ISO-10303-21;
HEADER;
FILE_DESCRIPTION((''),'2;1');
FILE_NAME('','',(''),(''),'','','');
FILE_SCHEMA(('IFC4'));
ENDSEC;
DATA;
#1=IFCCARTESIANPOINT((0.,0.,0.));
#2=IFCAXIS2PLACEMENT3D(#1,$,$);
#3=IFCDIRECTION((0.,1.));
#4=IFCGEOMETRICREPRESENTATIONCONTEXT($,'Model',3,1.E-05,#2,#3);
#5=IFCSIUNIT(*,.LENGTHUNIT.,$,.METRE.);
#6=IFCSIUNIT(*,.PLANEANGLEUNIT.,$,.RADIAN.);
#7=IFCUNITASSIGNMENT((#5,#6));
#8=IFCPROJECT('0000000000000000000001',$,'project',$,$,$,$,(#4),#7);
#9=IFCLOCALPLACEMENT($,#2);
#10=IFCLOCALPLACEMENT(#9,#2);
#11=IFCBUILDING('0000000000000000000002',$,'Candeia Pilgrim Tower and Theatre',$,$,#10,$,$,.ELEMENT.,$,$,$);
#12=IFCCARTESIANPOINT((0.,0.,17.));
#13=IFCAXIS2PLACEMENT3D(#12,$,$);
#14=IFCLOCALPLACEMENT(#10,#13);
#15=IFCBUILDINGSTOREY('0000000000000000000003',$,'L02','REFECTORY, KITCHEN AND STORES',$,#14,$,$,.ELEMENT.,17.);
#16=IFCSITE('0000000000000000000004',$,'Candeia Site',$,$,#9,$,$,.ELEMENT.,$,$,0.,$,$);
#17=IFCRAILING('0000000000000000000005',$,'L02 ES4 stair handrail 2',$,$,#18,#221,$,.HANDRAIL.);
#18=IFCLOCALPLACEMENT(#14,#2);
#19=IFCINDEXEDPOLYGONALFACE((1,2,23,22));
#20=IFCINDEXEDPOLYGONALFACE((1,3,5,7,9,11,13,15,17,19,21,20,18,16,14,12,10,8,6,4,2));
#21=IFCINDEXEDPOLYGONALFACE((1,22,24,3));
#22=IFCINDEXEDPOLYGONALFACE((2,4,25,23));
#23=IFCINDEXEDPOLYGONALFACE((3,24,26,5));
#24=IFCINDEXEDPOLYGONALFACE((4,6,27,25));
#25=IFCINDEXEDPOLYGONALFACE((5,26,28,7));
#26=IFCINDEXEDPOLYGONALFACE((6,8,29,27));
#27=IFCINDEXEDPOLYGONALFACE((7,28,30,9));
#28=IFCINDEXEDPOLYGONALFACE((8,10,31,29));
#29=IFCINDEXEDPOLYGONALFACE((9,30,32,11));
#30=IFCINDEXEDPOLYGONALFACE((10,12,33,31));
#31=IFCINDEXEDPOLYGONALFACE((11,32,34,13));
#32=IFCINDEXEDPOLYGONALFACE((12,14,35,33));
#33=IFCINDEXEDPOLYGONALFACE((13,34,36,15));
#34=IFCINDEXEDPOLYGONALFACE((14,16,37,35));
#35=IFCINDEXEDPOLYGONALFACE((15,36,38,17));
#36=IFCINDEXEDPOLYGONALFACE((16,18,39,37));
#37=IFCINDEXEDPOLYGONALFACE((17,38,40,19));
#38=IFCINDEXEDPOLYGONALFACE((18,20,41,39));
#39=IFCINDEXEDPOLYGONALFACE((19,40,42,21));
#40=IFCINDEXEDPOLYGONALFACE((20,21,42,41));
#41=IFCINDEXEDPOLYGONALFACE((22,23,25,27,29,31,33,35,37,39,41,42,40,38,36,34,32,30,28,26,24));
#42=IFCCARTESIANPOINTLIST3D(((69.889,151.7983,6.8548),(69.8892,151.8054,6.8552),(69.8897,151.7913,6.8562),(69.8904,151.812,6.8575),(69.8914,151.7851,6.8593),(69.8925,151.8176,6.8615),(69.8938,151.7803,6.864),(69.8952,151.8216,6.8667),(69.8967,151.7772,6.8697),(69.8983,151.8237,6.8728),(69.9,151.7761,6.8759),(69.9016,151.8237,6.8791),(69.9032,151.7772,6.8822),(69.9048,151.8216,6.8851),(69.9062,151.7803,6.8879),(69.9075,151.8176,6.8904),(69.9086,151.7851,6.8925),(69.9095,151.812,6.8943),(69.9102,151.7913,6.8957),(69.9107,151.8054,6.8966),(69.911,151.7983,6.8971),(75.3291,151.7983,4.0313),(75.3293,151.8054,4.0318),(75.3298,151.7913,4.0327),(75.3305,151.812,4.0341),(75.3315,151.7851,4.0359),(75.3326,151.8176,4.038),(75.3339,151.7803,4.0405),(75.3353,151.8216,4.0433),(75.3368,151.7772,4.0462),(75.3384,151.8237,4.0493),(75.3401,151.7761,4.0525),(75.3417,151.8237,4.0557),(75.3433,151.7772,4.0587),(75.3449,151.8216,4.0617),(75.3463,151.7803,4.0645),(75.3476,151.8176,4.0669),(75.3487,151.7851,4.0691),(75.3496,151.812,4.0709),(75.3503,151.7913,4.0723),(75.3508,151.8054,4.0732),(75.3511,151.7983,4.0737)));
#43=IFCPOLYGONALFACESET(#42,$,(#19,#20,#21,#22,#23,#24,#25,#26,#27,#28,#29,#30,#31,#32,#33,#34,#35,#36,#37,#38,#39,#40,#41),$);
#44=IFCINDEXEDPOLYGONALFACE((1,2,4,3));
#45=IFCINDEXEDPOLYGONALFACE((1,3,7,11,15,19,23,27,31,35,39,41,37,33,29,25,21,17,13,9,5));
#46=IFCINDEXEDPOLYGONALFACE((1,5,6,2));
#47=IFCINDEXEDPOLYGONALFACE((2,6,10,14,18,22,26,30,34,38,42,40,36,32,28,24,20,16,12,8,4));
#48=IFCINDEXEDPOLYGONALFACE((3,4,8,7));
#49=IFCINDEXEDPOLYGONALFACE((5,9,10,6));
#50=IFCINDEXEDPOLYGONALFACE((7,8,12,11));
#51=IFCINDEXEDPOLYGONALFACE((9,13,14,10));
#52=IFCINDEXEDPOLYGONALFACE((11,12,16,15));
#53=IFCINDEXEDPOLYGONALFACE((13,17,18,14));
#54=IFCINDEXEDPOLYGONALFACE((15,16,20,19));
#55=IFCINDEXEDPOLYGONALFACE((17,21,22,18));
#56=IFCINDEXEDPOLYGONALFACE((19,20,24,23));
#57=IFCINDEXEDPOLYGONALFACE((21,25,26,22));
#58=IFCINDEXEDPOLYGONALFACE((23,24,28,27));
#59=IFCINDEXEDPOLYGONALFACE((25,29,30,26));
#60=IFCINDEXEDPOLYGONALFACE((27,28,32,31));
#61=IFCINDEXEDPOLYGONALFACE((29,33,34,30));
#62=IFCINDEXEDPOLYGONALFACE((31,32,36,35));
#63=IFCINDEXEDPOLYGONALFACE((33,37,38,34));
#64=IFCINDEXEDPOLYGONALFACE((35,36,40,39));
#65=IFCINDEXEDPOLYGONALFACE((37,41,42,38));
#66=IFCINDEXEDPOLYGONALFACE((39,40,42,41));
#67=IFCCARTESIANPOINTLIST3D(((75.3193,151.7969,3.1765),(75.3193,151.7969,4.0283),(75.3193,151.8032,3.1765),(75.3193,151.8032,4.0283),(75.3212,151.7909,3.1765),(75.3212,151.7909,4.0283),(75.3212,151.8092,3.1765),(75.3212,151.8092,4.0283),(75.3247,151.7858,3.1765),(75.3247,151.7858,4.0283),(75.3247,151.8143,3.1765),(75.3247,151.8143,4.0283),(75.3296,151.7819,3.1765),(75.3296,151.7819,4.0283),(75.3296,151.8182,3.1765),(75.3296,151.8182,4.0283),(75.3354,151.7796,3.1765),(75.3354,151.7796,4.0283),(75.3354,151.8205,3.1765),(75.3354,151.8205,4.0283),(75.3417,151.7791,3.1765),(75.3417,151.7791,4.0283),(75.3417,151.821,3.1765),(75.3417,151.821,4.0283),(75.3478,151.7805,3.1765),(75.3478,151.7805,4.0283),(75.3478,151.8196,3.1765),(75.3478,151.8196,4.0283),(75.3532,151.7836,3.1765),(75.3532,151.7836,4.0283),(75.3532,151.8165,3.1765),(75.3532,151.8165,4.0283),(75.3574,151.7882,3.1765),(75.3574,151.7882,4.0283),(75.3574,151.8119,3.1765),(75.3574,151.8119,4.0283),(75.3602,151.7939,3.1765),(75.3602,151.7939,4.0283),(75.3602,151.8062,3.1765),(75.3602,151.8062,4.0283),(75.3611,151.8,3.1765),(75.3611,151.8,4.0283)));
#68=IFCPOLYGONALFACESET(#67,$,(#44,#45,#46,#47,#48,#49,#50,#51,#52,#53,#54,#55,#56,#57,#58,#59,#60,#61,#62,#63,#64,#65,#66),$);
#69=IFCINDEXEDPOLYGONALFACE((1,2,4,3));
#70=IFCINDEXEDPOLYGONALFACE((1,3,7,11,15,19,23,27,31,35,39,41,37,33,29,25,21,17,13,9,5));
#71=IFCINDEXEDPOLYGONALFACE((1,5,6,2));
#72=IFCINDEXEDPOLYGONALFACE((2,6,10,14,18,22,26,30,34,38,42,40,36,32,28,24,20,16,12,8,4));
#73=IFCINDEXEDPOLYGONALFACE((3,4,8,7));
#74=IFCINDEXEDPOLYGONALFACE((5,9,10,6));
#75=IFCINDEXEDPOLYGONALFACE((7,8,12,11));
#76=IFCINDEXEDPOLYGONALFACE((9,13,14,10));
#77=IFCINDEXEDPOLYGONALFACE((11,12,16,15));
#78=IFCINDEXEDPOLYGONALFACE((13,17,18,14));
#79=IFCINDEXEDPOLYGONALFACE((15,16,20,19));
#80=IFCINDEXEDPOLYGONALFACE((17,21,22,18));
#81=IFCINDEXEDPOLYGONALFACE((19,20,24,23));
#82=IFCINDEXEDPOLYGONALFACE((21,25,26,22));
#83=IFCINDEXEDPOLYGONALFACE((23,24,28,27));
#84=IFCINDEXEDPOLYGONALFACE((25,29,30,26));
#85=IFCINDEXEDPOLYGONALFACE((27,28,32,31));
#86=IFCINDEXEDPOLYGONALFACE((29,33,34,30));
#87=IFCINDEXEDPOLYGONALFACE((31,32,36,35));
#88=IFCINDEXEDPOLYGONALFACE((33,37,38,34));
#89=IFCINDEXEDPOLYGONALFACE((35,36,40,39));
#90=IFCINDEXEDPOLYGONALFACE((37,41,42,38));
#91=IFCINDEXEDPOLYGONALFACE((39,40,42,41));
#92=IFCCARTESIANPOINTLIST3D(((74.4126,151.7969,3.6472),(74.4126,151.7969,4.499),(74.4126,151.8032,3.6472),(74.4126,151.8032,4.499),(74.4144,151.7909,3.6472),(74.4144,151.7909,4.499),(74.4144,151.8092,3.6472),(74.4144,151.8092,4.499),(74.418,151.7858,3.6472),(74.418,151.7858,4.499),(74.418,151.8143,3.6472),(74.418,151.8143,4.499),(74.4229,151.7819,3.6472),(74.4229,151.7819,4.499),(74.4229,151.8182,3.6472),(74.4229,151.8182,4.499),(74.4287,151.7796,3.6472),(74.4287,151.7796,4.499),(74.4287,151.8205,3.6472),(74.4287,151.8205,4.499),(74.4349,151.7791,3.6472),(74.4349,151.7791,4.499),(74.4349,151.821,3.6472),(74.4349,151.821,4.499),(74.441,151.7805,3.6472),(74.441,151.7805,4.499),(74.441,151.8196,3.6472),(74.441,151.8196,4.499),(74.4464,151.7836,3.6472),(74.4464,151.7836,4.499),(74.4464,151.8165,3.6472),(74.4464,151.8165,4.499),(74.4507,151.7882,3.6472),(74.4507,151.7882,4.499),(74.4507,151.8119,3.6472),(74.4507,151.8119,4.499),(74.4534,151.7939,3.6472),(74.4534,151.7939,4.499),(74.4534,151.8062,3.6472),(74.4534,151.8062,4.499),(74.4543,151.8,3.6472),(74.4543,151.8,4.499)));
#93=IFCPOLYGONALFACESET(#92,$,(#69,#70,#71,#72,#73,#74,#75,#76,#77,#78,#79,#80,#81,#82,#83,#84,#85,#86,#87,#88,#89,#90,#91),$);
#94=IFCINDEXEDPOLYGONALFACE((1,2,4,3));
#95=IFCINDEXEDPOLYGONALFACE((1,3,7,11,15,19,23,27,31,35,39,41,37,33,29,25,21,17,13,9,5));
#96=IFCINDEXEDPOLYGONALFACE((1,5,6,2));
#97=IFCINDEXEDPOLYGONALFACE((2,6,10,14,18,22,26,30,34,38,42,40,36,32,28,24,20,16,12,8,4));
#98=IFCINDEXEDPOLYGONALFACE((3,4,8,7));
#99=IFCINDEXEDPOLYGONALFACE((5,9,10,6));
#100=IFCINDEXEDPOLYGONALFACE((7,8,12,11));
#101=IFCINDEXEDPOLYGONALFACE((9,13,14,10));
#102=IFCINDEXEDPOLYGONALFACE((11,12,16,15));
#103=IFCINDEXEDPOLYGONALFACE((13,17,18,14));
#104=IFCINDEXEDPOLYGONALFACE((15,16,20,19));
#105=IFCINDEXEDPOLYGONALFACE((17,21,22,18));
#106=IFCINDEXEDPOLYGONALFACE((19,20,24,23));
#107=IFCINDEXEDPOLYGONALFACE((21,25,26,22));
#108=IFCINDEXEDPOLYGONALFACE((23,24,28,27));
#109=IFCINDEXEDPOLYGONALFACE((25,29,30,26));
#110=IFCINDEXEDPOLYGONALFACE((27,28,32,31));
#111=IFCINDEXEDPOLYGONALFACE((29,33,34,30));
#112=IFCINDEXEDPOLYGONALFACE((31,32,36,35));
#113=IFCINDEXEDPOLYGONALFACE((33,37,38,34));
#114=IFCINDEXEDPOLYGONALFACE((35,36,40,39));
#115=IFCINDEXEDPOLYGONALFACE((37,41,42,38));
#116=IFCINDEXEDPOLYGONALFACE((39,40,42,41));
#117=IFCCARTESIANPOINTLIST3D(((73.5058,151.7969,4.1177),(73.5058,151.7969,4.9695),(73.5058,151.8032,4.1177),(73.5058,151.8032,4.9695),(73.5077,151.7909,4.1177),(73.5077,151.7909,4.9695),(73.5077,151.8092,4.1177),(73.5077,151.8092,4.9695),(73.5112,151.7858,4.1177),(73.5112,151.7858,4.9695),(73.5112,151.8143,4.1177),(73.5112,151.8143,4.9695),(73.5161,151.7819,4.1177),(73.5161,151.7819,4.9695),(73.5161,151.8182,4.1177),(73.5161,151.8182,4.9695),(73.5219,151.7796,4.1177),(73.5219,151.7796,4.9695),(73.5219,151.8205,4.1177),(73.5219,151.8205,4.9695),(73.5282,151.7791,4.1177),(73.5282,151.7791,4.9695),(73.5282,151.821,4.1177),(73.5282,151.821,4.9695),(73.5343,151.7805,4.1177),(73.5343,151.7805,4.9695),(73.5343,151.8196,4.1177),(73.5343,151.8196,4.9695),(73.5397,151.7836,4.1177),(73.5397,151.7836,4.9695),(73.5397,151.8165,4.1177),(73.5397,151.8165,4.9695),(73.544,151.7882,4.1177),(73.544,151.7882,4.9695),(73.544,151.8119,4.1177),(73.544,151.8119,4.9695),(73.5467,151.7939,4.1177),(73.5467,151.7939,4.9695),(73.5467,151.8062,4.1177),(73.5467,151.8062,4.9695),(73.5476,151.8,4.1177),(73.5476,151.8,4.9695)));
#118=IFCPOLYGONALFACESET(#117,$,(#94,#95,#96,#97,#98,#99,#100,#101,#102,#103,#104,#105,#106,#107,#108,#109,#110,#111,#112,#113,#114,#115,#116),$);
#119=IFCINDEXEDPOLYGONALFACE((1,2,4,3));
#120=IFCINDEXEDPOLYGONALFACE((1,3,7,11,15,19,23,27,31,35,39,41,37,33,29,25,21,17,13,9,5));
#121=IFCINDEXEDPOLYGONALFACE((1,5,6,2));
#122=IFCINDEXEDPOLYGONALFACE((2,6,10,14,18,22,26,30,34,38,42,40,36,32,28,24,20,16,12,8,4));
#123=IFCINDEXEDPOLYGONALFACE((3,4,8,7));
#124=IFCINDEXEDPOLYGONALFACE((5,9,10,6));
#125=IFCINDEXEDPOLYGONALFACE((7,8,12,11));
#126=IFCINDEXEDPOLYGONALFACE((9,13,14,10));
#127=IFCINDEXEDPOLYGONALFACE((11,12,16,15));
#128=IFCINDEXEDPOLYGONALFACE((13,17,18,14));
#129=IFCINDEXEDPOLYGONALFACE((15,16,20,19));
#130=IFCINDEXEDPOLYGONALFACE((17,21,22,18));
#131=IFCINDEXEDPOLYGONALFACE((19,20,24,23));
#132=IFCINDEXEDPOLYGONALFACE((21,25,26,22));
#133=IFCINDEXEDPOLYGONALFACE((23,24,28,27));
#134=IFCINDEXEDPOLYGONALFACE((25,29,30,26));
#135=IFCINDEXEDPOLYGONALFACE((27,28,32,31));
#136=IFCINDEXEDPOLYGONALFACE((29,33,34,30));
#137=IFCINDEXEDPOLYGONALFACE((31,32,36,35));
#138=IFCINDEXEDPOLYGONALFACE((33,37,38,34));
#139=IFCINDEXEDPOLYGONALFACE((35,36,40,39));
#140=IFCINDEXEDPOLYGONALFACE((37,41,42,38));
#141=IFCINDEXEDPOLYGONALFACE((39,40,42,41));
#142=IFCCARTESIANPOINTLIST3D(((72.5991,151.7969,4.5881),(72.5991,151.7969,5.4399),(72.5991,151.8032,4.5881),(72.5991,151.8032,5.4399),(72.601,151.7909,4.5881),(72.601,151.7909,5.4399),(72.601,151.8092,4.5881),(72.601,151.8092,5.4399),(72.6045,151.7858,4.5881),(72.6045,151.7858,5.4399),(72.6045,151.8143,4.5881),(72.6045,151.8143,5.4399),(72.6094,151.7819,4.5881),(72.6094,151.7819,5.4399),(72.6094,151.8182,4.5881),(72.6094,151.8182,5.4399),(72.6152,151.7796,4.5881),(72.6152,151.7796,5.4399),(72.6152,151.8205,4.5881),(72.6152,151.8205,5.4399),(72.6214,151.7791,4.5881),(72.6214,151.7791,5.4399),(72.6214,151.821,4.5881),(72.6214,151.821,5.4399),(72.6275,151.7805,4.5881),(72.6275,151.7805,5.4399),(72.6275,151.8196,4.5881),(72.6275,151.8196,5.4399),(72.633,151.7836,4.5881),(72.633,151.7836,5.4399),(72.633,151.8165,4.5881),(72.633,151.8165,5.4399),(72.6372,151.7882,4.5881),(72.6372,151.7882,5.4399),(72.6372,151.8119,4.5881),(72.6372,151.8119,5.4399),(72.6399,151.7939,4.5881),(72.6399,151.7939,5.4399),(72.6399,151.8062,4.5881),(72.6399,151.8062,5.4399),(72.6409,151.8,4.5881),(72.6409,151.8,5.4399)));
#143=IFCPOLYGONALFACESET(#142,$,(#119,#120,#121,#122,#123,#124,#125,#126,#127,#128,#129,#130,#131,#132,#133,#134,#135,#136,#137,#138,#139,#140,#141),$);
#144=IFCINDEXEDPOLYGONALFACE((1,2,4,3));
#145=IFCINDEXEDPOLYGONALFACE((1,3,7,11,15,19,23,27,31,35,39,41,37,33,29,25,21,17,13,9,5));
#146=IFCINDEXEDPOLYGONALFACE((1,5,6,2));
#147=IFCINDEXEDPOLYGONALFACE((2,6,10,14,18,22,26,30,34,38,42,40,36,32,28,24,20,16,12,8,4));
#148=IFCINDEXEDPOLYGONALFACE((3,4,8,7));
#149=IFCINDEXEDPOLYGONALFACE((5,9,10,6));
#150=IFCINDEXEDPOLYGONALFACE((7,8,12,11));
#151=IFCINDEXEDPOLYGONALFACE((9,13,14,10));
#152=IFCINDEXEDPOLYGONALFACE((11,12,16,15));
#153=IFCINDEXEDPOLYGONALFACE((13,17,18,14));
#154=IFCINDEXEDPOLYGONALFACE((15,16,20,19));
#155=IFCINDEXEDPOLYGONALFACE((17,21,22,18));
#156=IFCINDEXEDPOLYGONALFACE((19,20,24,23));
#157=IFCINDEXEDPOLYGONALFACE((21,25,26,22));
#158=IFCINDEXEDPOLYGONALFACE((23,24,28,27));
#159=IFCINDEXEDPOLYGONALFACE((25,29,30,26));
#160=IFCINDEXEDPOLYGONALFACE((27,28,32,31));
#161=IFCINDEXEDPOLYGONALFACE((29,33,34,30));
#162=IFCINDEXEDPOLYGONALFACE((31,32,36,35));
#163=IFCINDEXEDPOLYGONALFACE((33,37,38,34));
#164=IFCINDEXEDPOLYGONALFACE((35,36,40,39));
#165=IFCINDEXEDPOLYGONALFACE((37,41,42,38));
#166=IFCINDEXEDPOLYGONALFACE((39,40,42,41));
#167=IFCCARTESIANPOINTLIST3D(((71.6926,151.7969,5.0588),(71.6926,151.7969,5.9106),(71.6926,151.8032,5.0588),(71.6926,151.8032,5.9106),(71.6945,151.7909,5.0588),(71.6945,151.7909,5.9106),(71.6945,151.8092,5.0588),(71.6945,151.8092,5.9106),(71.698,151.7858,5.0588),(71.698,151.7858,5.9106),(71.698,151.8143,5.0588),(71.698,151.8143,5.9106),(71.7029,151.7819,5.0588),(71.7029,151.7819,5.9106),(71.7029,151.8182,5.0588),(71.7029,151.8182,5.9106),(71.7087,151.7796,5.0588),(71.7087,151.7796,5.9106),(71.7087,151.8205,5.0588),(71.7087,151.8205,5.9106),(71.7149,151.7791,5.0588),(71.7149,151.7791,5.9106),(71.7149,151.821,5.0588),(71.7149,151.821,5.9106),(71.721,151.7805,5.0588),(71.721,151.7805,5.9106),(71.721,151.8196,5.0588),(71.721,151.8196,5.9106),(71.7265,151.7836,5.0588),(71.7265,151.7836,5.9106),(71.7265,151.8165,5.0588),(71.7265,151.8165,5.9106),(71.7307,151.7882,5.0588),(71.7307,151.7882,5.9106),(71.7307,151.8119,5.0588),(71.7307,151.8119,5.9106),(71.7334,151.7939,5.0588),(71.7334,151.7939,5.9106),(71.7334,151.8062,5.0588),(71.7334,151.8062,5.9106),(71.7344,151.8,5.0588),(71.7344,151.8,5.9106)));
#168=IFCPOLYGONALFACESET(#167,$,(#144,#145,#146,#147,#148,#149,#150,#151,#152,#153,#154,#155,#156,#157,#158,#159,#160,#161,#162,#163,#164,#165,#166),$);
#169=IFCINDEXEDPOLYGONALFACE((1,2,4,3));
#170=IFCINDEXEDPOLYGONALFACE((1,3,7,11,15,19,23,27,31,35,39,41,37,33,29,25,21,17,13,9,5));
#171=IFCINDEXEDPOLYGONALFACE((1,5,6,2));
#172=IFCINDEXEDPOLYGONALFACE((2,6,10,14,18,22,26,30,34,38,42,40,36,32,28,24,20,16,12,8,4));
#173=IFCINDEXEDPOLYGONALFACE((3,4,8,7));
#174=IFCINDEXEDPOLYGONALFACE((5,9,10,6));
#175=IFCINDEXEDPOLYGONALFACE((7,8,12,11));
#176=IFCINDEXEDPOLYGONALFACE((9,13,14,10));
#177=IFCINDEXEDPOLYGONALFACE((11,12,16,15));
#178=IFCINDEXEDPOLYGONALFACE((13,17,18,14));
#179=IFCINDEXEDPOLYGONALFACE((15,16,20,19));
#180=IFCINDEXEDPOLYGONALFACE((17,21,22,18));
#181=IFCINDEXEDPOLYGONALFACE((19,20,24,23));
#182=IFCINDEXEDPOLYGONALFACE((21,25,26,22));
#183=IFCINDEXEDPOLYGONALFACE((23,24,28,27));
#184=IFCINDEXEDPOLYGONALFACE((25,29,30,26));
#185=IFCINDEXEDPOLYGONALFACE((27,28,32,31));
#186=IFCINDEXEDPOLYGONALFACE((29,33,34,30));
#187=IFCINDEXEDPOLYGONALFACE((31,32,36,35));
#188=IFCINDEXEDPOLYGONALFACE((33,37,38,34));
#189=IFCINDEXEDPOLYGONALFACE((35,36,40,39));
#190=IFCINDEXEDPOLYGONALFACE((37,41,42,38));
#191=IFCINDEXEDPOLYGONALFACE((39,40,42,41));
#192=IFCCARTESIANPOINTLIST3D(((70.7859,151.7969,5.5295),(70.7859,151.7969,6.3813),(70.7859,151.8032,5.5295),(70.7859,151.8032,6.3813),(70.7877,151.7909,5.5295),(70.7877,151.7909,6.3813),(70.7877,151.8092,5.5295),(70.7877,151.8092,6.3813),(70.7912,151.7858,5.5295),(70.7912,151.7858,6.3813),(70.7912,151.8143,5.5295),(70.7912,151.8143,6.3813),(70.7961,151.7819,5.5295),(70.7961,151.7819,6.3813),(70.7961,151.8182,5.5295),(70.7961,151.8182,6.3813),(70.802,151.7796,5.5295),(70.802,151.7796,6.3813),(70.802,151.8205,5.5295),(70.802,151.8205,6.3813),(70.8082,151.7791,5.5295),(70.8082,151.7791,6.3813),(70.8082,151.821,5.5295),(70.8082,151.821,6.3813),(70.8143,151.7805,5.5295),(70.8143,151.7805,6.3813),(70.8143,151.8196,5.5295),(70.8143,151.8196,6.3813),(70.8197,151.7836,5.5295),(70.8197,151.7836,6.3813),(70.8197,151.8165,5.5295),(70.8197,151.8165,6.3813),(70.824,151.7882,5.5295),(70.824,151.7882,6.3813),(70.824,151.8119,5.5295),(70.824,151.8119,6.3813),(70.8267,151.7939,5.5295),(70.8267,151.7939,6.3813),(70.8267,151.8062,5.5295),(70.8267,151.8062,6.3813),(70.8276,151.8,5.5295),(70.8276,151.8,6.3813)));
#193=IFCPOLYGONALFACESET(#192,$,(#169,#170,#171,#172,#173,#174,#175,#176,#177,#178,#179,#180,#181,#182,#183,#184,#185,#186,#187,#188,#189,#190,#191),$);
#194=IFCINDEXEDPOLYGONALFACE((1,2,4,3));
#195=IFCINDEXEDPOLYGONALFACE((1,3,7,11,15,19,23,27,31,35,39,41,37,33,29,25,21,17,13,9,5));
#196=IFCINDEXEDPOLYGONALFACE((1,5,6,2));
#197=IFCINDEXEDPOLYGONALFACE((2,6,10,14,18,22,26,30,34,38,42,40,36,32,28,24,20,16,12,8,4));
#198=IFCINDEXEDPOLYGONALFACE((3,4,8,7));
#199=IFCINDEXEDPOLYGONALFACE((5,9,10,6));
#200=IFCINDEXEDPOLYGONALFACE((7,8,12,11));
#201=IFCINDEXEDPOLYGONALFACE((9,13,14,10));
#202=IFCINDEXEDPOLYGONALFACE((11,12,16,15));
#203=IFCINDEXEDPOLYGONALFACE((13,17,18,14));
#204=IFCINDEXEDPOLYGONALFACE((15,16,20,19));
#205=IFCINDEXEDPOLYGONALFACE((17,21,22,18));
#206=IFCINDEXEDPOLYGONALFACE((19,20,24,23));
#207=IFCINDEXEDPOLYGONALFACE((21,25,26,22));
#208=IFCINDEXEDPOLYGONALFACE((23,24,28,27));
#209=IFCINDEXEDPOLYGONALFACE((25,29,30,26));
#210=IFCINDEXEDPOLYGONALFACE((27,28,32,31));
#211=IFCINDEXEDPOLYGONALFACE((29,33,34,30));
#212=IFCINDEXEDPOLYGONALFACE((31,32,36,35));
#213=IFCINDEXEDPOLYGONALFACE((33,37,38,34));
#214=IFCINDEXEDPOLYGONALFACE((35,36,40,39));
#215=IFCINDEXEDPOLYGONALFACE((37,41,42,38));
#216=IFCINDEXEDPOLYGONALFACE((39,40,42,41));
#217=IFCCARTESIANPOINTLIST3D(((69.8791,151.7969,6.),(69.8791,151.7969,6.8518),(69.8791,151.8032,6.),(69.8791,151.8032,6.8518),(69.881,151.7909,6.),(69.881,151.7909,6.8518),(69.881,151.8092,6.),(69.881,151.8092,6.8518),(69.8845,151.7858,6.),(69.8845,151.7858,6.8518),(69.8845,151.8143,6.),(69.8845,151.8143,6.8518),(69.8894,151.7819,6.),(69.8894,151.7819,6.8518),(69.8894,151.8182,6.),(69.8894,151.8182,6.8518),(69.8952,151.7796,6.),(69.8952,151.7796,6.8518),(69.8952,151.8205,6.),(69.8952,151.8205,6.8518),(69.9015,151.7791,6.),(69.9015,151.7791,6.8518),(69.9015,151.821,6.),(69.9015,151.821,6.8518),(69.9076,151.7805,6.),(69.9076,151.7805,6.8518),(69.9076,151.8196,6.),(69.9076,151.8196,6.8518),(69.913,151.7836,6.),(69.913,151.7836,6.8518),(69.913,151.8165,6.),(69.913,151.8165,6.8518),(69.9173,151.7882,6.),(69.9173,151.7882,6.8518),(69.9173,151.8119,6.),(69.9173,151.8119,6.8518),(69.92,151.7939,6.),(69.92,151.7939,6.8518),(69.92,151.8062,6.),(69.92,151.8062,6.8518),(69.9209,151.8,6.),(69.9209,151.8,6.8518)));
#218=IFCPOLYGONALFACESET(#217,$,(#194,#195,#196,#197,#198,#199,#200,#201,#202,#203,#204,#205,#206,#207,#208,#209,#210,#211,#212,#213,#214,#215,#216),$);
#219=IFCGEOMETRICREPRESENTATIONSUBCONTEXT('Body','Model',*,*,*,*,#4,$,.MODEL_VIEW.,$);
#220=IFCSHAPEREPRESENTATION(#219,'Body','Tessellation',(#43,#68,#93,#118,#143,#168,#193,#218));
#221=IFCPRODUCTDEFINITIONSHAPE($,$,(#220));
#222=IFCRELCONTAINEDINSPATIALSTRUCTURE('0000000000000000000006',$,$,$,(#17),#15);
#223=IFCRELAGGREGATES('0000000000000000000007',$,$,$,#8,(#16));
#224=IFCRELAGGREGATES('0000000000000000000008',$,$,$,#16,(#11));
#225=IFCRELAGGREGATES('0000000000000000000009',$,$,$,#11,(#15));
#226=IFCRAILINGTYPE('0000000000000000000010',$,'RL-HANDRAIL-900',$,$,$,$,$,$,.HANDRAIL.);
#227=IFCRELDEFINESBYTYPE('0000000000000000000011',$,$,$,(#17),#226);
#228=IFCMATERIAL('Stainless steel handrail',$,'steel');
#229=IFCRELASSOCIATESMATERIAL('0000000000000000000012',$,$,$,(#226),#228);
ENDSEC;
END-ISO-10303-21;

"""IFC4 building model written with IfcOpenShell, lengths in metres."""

from ifc_helpers import new_model, si_unit, direction, frame, origin, origin_2d, place, context, subcontext, project, spatial, circle, extrude, material, type_object, element, save


model = new_model("IFC4")

# Units and contexts
model_context = context("Model", 3, precision=1e-05, world=origin(), true_north=direction((0.0, 1.0)))
body_context = subcontext(model_context, "Body", "Model", "MODEL_VIEW")
ifc_project = project(units=[si_unit("LENGTHUNIT", "METRE"), si_unit("PLANEANGLEUNIT", "RADIAN")], contexts=[model_context])

# Site, building, storey
site_placement = place(None, origin())
site = spatial("IfcSite", under=ifc_project, at=site_placement, Name="Candeia Site", CompositionType="ELEMENT", RefElevation=0.0)
building_placement = place(site_placement, origin())
building = spatial("IfcBuilding", under=site, at=building_placement, Name="Candeia Pilgrim Tower and Theatre", CompositionType="ELEMENT")
storey_placement = place(building_placement, frame((0.0, 0.0, 17.0)))
storey = spatial("IfcBuildingStorey", under=building, at=storey_placement, Name="L02", Description="REFECTORY, KITCHEN AND STORES", CompositionType="ELEMENT", Elevation=17.0)

# Railing
ifc_material_1 = material(Name="Stainless steel handrail", Category="steel")
railing_type_1 = type_object("IfcRailingType", Name="RL-HANDRAIL-900", PredefinedType="HANDRAIL", material=ifc_material_1)
railing_1_placement = place(storey_placement, frame((75.3401, 151.8, 3.1765)))
element("IfcRailing", 1, at=railing_1_placement, inside=storey, type_object=railing_type_1, Name="L02 ES4 stair handrail 2", PredefinedType="HANDRAIL", context=body_context, shape_type="SweptSolid", body=[
    extrude(circle(Radius=0.0239, at=origin_2d()), frame((0.0, 0.0, 0.876), z_axis=(-0.887578, 0.0, 0.460658), x_axis=(0.0, -1.0, 0.0)), (0.0, 0.0, 1.0), 6.1292),
    extrude(circle(Radius=0.021, at=origin_2d()), origin(), (0.0, 0.0, 1.0), 0.8518),
    extrude(circle(Radius=0.021, at=origin_2d()), frame((-0.9067, 0.0, 0.4707)), (0.0, 0.0, 1.0), 0.8518),
    extrude(circle(Radius=0.021, at=origin_2d()), frame((-1.8135, 0.0, 0.9412)), (0.0, 0.0, 1.0), 0.8518),
    extrude(circle(Radius=0.021, at=origin_2d()), frame((-2.7202, 0.0, 1.4116)), (0.0, 0.0, 1.0), 0.8518),
    extrude(circle(Radius=0.021, at=origin_2d()), frame((-3.6267, 0.0, 1.8823)), (0.0, 0.0, 1.0), 0.8518),
    extrude(circle(Radius=0.021, at=origin_2d()), frame((-4.5334, 0.0, 2.353)), (0.0, 0.0, 1.0), 0.8518),
    extrude(circle(Radius=0.021, at=origin_2d()), frame((-5.4402, 0.0, 2.8235)), (0.0, 0.0, 1.0), 0.8518),
])

save(model, "model.ifc")
